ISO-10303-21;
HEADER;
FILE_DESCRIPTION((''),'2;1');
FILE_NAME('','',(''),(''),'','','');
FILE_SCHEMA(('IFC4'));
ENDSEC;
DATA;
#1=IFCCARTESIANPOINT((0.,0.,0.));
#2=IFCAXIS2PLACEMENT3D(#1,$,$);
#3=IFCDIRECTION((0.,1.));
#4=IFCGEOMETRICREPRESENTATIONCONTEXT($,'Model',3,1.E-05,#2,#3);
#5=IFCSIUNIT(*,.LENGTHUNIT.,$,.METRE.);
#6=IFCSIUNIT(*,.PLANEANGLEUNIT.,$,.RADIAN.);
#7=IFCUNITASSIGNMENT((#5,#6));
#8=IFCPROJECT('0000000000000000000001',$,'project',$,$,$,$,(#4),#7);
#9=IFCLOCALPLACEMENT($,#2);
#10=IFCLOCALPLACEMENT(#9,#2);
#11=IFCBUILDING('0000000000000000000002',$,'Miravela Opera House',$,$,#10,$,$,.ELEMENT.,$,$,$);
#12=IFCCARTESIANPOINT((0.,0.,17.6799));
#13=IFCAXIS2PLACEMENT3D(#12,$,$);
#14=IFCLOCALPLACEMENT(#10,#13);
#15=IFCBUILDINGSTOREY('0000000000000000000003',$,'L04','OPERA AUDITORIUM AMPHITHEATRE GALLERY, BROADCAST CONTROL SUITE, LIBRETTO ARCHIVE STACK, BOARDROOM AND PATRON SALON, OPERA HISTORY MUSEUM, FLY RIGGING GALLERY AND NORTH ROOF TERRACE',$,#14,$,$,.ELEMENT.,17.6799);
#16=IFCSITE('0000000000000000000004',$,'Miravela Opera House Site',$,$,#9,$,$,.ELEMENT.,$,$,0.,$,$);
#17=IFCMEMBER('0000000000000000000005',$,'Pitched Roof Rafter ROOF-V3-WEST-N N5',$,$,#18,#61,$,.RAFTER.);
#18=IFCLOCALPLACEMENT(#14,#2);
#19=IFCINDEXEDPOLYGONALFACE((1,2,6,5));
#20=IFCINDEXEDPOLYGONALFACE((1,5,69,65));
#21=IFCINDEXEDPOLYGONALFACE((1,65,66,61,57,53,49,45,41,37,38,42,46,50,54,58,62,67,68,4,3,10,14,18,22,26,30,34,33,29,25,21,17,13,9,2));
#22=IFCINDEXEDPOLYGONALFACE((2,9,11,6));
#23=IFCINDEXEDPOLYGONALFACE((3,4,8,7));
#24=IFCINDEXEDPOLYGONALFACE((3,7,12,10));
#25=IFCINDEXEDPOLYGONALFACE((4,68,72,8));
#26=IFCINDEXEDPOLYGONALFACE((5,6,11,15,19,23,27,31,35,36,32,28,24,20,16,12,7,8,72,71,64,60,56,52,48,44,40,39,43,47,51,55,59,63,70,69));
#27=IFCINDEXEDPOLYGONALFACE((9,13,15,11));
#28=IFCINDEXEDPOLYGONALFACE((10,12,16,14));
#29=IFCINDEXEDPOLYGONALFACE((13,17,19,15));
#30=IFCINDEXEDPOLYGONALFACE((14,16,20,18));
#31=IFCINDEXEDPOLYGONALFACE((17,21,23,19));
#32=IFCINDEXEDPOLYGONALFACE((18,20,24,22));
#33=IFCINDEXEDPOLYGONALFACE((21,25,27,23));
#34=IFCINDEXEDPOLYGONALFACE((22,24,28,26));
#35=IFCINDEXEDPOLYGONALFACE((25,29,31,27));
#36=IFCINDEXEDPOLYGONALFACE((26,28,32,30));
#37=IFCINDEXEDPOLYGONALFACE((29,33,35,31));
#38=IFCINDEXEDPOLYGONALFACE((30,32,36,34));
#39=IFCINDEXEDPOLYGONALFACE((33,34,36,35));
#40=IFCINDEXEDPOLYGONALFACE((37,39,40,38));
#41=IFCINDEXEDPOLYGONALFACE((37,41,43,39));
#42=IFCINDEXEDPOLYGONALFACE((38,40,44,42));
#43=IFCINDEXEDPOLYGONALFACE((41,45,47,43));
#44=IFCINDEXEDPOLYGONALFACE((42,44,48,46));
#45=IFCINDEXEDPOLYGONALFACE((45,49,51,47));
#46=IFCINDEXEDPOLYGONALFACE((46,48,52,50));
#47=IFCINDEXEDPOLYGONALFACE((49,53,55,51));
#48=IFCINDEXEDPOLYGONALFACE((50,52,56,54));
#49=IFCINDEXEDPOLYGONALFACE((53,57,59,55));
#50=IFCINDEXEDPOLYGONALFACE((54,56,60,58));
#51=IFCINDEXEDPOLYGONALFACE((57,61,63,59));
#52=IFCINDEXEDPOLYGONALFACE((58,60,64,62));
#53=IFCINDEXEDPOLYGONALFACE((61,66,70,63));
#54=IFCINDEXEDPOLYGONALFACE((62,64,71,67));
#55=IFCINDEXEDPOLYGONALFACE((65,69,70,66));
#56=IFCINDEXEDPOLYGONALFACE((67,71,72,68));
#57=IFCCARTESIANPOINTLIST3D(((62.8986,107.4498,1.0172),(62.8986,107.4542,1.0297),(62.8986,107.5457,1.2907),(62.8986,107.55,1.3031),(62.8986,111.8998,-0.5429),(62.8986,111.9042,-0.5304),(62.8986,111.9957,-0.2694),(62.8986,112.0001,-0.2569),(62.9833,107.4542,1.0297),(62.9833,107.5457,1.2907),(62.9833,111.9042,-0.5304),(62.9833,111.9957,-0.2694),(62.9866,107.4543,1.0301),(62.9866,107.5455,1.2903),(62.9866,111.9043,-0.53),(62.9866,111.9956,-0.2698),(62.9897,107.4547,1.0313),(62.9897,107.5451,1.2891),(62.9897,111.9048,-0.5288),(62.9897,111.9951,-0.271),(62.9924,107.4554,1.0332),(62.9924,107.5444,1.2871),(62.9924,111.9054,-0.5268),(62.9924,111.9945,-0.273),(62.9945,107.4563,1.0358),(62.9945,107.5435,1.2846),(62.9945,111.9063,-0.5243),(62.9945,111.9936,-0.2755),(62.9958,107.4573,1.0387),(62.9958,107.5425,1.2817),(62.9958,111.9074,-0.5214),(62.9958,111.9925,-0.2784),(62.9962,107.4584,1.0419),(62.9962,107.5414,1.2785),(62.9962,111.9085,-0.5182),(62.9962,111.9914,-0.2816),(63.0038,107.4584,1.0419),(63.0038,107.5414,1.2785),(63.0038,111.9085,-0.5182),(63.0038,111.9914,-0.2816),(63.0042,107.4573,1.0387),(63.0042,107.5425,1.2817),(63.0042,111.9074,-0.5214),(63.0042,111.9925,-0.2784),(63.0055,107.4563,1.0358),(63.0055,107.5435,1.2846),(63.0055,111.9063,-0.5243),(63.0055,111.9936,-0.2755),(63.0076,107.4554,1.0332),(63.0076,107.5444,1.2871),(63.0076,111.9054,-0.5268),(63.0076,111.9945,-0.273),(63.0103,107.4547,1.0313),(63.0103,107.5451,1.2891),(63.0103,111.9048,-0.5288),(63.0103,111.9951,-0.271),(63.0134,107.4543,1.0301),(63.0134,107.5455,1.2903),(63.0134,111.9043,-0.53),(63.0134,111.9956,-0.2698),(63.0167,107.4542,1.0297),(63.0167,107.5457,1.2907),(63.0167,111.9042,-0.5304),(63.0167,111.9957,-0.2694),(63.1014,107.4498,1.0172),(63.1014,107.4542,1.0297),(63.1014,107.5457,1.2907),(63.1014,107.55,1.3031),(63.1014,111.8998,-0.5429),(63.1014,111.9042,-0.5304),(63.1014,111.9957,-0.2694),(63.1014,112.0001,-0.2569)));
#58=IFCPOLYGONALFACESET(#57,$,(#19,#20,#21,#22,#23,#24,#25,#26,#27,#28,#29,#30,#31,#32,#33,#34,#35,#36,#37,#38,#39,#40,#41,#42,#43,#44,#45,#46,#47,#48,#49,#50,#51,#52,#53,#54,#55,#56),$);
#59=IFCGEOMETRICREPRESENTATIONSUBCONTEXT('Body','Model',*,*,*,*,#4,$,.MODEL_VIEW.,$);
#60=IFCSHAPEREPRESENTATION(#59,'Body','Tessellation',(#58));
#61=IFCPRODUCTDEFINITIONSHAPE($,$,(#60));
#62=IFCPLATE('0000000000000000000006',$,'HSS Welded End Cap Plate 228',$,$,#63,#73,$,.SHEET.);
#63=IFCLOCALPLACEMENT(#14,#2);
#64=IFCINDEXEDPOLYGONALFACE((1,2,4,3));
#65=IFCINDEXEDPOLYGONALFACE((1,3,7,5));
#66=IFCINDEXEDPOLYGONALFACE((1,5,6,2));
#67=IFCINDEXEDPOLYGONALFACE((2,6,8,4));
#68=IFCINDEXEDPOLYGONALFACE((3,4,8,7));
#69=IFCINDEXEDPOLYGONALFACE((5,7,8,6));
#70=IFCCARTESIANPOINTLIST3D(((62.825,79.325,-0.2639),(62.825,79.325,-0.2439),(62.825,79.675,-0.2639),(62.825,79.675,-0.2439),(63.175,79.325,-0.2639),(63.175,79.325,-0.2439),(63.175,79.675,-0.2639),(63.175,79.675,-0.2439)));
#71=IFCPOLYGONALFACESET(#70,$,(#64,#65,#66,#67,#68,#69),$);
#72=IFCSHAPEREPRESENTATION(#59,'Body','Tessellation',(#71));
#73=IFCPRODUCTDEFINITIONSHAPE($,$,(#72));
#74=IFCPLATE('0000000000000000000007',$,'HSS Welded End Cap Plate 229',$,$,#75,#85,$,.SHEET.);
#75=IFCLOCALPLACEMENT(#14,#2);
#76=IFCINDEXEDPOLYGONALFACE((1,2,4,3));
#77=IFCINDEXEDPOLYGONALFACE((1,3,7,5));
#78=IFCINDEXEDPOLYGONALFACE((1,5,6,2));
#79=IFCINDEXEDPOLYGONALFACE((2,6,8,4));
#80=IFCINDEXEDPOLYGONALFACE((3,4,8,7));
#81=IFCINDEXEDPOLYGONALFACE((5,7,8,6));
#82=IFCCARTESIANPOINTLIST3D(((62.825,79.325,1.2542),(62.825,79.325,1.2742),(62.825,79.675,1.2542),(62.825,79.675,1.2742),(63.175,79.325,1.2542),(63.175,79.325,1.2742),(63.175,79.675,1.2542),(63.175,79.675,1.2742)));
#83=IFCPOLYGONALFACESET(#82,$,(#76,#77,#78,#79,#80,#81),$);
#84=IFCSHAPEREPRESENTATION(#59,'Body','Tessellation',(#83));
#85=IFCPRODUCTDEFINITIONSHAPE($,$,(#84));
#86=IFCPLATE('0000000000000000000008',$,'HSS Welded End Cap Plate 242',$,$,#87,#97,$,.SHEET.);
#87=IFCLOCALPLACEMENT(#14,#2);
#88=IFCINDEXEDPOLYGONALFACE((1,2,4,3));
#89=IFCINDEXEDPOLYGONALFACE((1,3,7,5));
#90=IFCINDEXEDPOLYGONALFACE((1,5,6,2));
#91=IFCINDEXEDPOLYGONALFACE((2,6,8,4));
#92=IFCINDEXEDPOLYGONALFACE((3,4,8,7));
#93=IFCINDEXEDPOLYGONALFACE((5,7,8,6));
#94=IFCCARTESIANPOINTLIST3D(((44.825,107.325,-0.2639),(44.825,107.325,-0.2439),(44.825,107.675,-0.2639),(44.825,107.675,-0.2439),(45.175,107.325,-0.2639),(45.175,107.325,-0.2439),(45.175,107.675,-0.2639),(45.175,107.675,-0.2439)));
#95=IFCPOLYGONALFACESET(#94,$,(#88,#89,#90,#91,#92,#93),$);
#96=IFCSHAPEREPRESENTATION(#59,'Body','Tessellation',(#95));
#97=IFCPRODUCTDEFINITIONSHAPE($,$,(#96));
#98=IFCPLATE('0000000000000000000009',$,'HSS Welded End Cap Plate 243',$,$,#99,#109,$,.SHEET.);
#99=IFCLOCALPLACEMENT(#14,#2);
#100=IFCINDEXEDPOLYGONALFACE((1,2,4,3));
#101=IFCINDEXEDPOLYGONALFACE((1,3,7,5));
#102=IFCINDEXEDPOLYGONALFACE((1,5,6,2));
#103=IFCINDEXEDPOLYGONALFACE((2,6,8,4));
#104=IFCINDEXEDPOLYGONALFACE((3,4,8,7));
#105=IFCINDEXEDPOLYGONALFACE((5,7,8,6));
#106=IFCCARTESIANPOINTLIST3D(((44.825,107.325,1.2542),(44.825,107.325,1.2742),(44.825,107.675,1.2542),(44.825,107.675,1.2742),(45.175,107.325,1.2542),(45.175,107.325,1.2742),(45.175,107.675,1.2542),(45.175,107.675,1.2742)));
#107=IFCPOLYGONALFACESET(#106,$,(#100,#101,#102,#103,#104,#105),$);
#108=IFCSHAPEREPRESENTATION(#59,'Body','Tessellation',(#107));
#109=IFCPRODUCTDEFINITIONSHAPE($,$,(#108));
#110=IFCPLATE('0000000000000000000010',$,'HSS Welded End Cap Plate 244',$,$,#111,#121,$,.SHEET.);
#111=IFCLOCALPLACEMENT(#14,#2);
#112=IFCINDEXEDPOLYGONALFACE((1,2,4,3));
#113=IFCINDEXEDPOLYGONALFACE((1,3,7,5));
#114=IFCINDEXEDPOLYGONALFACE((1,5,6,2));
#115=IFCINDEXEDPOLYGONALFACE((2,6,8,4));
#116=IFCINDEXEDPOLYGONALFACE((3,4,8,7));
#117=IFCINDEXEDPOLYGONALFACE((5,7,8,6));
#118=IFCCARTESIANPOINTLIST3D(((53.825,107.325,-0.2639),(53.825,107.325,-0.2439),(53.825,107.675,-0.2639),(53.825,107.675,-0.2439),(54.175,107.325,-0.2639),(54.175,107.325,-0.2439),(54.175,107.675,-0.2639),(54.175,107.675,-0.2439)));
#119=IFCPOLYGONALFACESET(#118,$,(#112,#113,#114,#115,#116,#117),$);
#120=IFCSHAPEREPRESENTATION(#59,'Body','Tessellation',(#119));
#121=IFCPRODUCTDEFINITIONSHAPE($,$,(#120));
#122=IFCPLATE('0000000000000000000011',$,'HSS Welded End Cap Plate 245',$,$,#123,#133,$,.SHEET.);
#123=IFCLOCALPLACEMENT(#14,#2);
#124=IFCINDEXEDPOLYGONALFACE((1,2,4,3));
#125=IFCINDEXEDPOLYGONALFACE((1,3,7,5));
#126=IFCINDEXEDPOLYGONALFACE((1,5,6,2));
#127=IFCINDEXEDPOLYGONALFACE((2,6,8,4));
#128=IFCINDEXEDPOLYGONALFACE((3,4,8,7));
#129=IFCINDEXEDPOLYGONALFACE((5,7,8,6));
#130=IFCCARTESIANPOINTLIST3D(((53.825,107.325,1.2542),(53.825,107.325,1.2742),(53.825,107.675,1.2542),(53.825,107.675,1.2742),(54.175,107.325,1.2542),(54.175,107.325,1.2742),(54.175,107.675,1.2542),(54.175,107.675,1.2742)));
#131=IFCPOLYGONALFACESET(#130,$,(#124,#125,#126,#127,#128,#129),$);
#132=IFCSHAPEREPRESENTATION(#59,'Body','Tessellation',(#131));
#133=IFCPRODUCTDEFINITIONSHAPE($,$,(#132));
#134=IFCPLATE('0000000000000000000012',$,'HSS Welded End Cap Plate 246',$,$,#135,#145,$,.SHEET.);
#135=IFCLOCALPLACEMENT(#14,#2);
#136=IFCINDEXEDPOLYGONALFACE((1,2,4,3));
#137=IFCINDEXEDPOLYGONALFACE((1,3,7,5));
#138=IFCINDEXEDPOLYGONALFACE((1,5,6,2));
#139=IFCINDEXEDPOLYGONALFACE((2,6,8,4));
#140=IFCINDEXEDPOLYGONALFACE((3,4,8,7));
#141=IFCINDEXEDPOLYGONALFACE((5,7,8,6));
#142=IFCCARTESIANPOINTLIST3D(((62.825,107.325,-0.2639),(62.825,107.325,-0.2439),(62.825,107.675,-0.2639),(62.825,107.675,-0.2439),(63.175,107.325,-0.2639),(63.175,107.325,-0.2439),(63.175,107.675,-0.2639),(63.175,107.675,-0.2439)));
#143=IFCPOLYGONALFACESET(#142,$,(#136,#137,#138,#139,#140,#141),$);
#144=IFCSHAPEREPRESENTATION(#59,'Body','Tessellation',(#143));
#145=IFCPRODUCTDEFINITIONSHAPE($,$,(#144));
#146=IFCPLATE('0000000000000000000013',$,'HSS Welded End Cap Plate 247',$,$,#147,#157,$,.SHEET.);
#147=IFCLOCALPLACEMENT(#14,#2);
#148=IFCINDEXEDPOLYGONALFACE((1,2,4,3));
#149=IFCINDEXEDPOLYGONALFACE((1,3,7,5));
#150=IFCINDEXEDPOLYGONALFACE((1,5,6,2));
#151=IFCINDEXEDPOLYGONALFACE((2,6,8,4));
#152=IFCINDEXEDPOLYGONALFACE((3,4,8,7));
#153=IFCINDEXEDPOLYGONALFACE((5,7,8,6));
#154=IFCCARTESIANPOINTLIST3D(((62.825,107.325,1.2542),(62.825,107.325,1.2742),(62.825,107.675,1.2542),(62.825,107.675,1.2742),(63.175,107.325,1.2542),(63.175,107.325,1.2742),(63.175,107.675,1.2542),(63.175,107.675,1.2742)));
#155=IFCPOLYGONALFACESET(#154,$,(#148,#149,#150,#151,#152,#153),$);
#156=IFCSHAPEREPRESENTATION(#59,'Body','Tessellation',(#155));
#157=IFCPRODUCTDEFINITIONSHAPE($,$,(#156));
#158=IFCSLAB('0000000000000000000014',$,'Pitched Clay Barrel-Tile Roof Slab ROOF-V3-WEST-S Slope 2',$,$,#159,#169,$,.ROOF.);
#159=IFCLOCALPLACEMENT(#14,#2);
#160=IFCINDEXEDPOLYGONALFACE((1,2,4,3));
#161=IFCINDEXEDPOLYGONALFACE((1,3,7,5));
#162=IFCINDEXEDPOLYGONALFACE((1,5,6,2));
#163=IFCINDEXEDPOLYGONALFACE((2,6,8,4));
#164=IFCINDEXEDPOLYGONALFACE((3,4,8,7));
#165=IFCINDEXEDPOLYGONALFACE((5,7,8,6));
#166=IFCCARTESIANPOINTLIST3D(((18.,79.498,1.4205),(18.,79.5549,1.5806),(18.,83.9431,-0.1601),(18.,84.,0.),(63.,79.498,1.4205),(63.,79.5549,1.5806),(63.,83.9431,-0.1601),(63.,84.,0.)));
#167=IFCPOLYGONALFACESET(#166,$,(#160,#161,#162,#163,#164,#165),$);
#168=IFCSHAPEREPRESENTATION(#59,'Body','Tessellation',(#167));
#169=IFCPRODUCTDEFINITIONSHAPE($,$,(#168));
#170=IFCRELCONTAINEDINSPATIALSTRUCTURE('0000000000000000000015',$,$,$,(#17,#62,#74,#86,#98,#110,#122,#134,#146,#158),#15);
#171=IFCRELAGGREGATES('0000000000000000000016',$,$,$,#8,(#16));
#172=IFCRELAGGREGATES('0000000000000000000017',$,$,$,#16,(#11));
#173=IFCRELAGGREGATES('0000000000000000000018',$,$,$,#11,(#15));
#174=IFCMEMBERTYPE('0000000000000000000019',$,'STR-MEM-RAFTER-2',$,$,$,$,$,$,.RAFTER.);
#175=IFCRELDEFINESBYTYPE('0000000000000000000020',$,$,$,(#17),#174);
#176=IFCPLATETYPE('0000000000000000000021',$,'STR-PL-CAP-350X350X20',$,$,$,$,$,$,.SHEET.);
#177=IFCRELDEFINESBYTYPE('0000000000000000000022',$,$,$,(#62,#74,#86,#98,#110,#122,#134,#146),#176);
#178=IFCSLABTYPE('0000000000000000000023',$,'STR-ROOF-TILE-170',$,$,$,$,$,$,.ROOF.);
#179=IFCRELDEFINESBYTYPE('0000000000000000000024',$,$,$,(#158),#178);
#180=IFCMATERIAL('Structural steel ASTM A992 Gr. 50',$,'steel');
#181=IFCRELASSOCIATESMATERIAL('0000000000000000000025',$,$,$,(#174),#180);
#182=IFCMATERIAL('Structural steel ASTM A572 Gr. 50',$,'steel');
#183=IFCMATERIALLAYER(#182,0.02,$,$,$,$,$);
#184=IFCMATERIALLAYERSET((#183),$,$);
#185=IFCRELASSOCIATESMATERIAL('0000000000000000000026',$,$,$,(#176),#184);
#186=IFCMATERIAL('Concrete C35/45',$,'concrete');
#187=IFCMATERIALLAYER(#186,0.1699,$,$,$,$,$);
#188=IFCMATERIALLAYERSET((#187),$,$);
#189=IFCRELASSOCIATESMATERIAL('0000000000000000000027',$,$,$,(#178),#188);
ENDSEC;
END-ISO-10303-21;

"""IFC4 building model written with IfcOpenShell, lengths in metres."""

from ifc_helpers import new_model, si_unit, direction, frame, origin, origin_2d, place, context, subcontext, project, spatial, polyline, rectangle, i_section, outline, extrude, material, layer, layer_set, material_profile, profile_set, type_object, element, save


model = new_model("IFC4")

# Units and contexts
model_context = context("Model", 3, precision=1e-05, world=origin(), true_north=direction((0.0, 1.0)))
body_context = subcontext(model_context, "Body", "Model", "MODEL_VIEW")
ifc_project = project(units=[si_unit("LENGTHUNIT", "METRE"), si_unit("PLANEANGLEUNIT", "RADIAN")], contexts=[model_context])

# Site, building, storey
site_placement = place(None, origin())
site = spatial("IfcSite", under=ifc_project, at=site_placement, Name="Miravela Opera House Site", CompositionType="ELEMENT", RefElevation=0.0)
building_placement = place(site_placement, origin())
building = spatial("IfcBuilding", under=site, at=building_placement, Name="Miravela Opera House", CompositionType="ELEMENT")
storey_placement = place(building_placement, frame((0.0, 0.0, 17.6799)))
storey = spatial("IfcBuildingStorey", under=building, at=storey_placement, Name="L04", Description="OPERA AUDITORIUM AMPHITHEATRE GALLERY, BROADCAST CONTROL SUITE, LIBRETTO ARCHIVE STACK, BOARDROOM AND PATRON SALON, OPERA HISTORY MUSEUM, FLY RIGGING GALLERY AND NORTH ROOF TERRACE", CompositionType="ELEMENT", Elevation=17.6799)

# Shared definitions
ifc_material_1 = material(Name="Concrete C35/45", Category="concrete")

# Shared definitions
ifc_material_2 = material(Name="Structural steel ASTM A992 Gr. 50", Category="steel")

# Member
ifc_material_profile_1 = material_profile(ifc_material_2, i_section(OverallWidth=0.2029, OverallDepth=0.303, WebThickness=0.0076, FlangeThickness=0.0132, FilletRadius=0.0129, at=origin_2d()), Name="W310X60")
ifc_profile_set_1 = profile_set([ifc_material_profile_1])
member_type_1 = type_object("IfcMemberType", Name="STR-MEM-RAFTER-2", PredefinedType="RAFTER", material=ifc_profile_set_1)
for number, where, z_axis, x_axis, name in (
    (1, (63.0, 111.95, -0.3999), (0.0, -0.943688, 0.330837), (1.0, 0.0, 0.0), "Pitched Roof Rafter ROOF-V3-WEST-N N5"),
):
    element("IfcMember", number, at=place(storey_placement, frame(where, z_axis=z_axis, x_axis=x_axis)), inside=storey, type_object=member_type_1, Name=name, PredefinedType="RAFTER", context=body_context, shape_type="SweptSolid", body=[
        extrude(i_section(OverallWidth=0.2029, OverallDepth=0.303, WebThickness=0.0076, FlangeThickness=0.0132, FilletRadius=0.0129, at=origin_2d()), origin(), (0.0, 0.0, 1.0), 4.7156),
    ])

# Plates
ifc_material_3 = material(Name="Structural steel ASTM A572 Gr. 50", Category="steel")
ifc_layer_1 = layer(ifc_material_3, 0.02)
ifc_layer_set_1 = layer_set([ifc_layer_1])
plate_type = type_object("IfcPlateType", Name="STR-PL-CAP-350X350X20", PredefinedType="SHEET", material=ifc_layer_set_1)
for number, where, z_axis, x_axis, name in (
    (2, (63.0, 79.5, -0.2639), (0.0, 0.0, 1.0), (1.0, 0.0, 0.0), "HSS Welded End Cap Plate 228"),
    (3, (63.0, 79.5, 1.2542), (0.0, 0.0, 1.0), (1.0, 0.0, 0.0), "HSS Welded End Cap Plate 229"),
    (4, (45.0, 107.5, -0.2639), (0.0, 0.0, 1.0), (1.0, 0.0, 0.0), "HSS Welded End Cap Plate 242"),
    (5, (45.0, 107.5, 1.2542), (0.0, 0.0, 1.0), (1.0, 0.0, 0.0), "HSS Welded End Cap Plate 243"),
    (6, (54.0, 107.5, -0.2639), (0.0, 0.0, 1.0), (1.0, 0.0, 0.0), "HSS Welded End Cap Plate 244"),
    (7, (54.0, 107.5, 1.2542), (0.0, 0.0, 1.0), (1.0, 0.0, 0.0), "HSS Welded End Cap Plate 245"),
    (8, (63.0, 107.5, -0.2639), (0.0, 0.0, 1.0), (1.0, 0.0, 0.0), "HSS Welded End Cap Plate 246"),
    (9, (63.0, 107.5, 1.2542), (0.0, 0.0, 1.0), (1.0, 0.0, 0.0), "HSS Welded End Cap Plate 247"),
):
    element("IfcPlate", number, at=place(storey_placement, frame(where, z_axis=z_axis, x_axis=x_axis)), inside=storey, type_object=plate_type, Name=name, PredefinedType="SHEET", context=body_context, shape_type="SweptSolid", body=[
        extrude(rectangle(XDim=0.3501, YDim=0.3501, at=origin_2d()), origin(), (0.0, 0.0, 1.0), 0.02),
    ])

# Slab
ifc_layer_2 = layer(ifc_material_1, 0.1699)
ifc_layer_set_2 = layer_set([ifc_layer_2])
slab_type = type_object("IfcSlabType", Name="STR-ROOF-TILE-170", PredefinedType="ROOF", material=ifc_layer_set_2)
slab_placement = place(storey_placement, frame((63.0, 84.0, 0.0), z_axis=(0.0, 0.335028, 0.942208), x_axis=(-1.0, 0.0, 0.0)))
element("IfcSlab", 10, at=slab_placement, inside=storey, type_object=slab_type, Name="Pitched Clay Barrel-Tile Roof Slab ROOF-V3-WEST-S Slope 2", PredefinedType="ROOF", context=body_context, shape_type="SweptSolid", body=[
    extrude(outline(polyline([(0.0, 0.0), (45.0, 0.0), (45.0, 4.7177), (0.0, 4.7177), (0.0, 0.0)])), origin(), (0.0, 0.0, -1.0), 0.1699),
])

save(model, "model.ifc")
